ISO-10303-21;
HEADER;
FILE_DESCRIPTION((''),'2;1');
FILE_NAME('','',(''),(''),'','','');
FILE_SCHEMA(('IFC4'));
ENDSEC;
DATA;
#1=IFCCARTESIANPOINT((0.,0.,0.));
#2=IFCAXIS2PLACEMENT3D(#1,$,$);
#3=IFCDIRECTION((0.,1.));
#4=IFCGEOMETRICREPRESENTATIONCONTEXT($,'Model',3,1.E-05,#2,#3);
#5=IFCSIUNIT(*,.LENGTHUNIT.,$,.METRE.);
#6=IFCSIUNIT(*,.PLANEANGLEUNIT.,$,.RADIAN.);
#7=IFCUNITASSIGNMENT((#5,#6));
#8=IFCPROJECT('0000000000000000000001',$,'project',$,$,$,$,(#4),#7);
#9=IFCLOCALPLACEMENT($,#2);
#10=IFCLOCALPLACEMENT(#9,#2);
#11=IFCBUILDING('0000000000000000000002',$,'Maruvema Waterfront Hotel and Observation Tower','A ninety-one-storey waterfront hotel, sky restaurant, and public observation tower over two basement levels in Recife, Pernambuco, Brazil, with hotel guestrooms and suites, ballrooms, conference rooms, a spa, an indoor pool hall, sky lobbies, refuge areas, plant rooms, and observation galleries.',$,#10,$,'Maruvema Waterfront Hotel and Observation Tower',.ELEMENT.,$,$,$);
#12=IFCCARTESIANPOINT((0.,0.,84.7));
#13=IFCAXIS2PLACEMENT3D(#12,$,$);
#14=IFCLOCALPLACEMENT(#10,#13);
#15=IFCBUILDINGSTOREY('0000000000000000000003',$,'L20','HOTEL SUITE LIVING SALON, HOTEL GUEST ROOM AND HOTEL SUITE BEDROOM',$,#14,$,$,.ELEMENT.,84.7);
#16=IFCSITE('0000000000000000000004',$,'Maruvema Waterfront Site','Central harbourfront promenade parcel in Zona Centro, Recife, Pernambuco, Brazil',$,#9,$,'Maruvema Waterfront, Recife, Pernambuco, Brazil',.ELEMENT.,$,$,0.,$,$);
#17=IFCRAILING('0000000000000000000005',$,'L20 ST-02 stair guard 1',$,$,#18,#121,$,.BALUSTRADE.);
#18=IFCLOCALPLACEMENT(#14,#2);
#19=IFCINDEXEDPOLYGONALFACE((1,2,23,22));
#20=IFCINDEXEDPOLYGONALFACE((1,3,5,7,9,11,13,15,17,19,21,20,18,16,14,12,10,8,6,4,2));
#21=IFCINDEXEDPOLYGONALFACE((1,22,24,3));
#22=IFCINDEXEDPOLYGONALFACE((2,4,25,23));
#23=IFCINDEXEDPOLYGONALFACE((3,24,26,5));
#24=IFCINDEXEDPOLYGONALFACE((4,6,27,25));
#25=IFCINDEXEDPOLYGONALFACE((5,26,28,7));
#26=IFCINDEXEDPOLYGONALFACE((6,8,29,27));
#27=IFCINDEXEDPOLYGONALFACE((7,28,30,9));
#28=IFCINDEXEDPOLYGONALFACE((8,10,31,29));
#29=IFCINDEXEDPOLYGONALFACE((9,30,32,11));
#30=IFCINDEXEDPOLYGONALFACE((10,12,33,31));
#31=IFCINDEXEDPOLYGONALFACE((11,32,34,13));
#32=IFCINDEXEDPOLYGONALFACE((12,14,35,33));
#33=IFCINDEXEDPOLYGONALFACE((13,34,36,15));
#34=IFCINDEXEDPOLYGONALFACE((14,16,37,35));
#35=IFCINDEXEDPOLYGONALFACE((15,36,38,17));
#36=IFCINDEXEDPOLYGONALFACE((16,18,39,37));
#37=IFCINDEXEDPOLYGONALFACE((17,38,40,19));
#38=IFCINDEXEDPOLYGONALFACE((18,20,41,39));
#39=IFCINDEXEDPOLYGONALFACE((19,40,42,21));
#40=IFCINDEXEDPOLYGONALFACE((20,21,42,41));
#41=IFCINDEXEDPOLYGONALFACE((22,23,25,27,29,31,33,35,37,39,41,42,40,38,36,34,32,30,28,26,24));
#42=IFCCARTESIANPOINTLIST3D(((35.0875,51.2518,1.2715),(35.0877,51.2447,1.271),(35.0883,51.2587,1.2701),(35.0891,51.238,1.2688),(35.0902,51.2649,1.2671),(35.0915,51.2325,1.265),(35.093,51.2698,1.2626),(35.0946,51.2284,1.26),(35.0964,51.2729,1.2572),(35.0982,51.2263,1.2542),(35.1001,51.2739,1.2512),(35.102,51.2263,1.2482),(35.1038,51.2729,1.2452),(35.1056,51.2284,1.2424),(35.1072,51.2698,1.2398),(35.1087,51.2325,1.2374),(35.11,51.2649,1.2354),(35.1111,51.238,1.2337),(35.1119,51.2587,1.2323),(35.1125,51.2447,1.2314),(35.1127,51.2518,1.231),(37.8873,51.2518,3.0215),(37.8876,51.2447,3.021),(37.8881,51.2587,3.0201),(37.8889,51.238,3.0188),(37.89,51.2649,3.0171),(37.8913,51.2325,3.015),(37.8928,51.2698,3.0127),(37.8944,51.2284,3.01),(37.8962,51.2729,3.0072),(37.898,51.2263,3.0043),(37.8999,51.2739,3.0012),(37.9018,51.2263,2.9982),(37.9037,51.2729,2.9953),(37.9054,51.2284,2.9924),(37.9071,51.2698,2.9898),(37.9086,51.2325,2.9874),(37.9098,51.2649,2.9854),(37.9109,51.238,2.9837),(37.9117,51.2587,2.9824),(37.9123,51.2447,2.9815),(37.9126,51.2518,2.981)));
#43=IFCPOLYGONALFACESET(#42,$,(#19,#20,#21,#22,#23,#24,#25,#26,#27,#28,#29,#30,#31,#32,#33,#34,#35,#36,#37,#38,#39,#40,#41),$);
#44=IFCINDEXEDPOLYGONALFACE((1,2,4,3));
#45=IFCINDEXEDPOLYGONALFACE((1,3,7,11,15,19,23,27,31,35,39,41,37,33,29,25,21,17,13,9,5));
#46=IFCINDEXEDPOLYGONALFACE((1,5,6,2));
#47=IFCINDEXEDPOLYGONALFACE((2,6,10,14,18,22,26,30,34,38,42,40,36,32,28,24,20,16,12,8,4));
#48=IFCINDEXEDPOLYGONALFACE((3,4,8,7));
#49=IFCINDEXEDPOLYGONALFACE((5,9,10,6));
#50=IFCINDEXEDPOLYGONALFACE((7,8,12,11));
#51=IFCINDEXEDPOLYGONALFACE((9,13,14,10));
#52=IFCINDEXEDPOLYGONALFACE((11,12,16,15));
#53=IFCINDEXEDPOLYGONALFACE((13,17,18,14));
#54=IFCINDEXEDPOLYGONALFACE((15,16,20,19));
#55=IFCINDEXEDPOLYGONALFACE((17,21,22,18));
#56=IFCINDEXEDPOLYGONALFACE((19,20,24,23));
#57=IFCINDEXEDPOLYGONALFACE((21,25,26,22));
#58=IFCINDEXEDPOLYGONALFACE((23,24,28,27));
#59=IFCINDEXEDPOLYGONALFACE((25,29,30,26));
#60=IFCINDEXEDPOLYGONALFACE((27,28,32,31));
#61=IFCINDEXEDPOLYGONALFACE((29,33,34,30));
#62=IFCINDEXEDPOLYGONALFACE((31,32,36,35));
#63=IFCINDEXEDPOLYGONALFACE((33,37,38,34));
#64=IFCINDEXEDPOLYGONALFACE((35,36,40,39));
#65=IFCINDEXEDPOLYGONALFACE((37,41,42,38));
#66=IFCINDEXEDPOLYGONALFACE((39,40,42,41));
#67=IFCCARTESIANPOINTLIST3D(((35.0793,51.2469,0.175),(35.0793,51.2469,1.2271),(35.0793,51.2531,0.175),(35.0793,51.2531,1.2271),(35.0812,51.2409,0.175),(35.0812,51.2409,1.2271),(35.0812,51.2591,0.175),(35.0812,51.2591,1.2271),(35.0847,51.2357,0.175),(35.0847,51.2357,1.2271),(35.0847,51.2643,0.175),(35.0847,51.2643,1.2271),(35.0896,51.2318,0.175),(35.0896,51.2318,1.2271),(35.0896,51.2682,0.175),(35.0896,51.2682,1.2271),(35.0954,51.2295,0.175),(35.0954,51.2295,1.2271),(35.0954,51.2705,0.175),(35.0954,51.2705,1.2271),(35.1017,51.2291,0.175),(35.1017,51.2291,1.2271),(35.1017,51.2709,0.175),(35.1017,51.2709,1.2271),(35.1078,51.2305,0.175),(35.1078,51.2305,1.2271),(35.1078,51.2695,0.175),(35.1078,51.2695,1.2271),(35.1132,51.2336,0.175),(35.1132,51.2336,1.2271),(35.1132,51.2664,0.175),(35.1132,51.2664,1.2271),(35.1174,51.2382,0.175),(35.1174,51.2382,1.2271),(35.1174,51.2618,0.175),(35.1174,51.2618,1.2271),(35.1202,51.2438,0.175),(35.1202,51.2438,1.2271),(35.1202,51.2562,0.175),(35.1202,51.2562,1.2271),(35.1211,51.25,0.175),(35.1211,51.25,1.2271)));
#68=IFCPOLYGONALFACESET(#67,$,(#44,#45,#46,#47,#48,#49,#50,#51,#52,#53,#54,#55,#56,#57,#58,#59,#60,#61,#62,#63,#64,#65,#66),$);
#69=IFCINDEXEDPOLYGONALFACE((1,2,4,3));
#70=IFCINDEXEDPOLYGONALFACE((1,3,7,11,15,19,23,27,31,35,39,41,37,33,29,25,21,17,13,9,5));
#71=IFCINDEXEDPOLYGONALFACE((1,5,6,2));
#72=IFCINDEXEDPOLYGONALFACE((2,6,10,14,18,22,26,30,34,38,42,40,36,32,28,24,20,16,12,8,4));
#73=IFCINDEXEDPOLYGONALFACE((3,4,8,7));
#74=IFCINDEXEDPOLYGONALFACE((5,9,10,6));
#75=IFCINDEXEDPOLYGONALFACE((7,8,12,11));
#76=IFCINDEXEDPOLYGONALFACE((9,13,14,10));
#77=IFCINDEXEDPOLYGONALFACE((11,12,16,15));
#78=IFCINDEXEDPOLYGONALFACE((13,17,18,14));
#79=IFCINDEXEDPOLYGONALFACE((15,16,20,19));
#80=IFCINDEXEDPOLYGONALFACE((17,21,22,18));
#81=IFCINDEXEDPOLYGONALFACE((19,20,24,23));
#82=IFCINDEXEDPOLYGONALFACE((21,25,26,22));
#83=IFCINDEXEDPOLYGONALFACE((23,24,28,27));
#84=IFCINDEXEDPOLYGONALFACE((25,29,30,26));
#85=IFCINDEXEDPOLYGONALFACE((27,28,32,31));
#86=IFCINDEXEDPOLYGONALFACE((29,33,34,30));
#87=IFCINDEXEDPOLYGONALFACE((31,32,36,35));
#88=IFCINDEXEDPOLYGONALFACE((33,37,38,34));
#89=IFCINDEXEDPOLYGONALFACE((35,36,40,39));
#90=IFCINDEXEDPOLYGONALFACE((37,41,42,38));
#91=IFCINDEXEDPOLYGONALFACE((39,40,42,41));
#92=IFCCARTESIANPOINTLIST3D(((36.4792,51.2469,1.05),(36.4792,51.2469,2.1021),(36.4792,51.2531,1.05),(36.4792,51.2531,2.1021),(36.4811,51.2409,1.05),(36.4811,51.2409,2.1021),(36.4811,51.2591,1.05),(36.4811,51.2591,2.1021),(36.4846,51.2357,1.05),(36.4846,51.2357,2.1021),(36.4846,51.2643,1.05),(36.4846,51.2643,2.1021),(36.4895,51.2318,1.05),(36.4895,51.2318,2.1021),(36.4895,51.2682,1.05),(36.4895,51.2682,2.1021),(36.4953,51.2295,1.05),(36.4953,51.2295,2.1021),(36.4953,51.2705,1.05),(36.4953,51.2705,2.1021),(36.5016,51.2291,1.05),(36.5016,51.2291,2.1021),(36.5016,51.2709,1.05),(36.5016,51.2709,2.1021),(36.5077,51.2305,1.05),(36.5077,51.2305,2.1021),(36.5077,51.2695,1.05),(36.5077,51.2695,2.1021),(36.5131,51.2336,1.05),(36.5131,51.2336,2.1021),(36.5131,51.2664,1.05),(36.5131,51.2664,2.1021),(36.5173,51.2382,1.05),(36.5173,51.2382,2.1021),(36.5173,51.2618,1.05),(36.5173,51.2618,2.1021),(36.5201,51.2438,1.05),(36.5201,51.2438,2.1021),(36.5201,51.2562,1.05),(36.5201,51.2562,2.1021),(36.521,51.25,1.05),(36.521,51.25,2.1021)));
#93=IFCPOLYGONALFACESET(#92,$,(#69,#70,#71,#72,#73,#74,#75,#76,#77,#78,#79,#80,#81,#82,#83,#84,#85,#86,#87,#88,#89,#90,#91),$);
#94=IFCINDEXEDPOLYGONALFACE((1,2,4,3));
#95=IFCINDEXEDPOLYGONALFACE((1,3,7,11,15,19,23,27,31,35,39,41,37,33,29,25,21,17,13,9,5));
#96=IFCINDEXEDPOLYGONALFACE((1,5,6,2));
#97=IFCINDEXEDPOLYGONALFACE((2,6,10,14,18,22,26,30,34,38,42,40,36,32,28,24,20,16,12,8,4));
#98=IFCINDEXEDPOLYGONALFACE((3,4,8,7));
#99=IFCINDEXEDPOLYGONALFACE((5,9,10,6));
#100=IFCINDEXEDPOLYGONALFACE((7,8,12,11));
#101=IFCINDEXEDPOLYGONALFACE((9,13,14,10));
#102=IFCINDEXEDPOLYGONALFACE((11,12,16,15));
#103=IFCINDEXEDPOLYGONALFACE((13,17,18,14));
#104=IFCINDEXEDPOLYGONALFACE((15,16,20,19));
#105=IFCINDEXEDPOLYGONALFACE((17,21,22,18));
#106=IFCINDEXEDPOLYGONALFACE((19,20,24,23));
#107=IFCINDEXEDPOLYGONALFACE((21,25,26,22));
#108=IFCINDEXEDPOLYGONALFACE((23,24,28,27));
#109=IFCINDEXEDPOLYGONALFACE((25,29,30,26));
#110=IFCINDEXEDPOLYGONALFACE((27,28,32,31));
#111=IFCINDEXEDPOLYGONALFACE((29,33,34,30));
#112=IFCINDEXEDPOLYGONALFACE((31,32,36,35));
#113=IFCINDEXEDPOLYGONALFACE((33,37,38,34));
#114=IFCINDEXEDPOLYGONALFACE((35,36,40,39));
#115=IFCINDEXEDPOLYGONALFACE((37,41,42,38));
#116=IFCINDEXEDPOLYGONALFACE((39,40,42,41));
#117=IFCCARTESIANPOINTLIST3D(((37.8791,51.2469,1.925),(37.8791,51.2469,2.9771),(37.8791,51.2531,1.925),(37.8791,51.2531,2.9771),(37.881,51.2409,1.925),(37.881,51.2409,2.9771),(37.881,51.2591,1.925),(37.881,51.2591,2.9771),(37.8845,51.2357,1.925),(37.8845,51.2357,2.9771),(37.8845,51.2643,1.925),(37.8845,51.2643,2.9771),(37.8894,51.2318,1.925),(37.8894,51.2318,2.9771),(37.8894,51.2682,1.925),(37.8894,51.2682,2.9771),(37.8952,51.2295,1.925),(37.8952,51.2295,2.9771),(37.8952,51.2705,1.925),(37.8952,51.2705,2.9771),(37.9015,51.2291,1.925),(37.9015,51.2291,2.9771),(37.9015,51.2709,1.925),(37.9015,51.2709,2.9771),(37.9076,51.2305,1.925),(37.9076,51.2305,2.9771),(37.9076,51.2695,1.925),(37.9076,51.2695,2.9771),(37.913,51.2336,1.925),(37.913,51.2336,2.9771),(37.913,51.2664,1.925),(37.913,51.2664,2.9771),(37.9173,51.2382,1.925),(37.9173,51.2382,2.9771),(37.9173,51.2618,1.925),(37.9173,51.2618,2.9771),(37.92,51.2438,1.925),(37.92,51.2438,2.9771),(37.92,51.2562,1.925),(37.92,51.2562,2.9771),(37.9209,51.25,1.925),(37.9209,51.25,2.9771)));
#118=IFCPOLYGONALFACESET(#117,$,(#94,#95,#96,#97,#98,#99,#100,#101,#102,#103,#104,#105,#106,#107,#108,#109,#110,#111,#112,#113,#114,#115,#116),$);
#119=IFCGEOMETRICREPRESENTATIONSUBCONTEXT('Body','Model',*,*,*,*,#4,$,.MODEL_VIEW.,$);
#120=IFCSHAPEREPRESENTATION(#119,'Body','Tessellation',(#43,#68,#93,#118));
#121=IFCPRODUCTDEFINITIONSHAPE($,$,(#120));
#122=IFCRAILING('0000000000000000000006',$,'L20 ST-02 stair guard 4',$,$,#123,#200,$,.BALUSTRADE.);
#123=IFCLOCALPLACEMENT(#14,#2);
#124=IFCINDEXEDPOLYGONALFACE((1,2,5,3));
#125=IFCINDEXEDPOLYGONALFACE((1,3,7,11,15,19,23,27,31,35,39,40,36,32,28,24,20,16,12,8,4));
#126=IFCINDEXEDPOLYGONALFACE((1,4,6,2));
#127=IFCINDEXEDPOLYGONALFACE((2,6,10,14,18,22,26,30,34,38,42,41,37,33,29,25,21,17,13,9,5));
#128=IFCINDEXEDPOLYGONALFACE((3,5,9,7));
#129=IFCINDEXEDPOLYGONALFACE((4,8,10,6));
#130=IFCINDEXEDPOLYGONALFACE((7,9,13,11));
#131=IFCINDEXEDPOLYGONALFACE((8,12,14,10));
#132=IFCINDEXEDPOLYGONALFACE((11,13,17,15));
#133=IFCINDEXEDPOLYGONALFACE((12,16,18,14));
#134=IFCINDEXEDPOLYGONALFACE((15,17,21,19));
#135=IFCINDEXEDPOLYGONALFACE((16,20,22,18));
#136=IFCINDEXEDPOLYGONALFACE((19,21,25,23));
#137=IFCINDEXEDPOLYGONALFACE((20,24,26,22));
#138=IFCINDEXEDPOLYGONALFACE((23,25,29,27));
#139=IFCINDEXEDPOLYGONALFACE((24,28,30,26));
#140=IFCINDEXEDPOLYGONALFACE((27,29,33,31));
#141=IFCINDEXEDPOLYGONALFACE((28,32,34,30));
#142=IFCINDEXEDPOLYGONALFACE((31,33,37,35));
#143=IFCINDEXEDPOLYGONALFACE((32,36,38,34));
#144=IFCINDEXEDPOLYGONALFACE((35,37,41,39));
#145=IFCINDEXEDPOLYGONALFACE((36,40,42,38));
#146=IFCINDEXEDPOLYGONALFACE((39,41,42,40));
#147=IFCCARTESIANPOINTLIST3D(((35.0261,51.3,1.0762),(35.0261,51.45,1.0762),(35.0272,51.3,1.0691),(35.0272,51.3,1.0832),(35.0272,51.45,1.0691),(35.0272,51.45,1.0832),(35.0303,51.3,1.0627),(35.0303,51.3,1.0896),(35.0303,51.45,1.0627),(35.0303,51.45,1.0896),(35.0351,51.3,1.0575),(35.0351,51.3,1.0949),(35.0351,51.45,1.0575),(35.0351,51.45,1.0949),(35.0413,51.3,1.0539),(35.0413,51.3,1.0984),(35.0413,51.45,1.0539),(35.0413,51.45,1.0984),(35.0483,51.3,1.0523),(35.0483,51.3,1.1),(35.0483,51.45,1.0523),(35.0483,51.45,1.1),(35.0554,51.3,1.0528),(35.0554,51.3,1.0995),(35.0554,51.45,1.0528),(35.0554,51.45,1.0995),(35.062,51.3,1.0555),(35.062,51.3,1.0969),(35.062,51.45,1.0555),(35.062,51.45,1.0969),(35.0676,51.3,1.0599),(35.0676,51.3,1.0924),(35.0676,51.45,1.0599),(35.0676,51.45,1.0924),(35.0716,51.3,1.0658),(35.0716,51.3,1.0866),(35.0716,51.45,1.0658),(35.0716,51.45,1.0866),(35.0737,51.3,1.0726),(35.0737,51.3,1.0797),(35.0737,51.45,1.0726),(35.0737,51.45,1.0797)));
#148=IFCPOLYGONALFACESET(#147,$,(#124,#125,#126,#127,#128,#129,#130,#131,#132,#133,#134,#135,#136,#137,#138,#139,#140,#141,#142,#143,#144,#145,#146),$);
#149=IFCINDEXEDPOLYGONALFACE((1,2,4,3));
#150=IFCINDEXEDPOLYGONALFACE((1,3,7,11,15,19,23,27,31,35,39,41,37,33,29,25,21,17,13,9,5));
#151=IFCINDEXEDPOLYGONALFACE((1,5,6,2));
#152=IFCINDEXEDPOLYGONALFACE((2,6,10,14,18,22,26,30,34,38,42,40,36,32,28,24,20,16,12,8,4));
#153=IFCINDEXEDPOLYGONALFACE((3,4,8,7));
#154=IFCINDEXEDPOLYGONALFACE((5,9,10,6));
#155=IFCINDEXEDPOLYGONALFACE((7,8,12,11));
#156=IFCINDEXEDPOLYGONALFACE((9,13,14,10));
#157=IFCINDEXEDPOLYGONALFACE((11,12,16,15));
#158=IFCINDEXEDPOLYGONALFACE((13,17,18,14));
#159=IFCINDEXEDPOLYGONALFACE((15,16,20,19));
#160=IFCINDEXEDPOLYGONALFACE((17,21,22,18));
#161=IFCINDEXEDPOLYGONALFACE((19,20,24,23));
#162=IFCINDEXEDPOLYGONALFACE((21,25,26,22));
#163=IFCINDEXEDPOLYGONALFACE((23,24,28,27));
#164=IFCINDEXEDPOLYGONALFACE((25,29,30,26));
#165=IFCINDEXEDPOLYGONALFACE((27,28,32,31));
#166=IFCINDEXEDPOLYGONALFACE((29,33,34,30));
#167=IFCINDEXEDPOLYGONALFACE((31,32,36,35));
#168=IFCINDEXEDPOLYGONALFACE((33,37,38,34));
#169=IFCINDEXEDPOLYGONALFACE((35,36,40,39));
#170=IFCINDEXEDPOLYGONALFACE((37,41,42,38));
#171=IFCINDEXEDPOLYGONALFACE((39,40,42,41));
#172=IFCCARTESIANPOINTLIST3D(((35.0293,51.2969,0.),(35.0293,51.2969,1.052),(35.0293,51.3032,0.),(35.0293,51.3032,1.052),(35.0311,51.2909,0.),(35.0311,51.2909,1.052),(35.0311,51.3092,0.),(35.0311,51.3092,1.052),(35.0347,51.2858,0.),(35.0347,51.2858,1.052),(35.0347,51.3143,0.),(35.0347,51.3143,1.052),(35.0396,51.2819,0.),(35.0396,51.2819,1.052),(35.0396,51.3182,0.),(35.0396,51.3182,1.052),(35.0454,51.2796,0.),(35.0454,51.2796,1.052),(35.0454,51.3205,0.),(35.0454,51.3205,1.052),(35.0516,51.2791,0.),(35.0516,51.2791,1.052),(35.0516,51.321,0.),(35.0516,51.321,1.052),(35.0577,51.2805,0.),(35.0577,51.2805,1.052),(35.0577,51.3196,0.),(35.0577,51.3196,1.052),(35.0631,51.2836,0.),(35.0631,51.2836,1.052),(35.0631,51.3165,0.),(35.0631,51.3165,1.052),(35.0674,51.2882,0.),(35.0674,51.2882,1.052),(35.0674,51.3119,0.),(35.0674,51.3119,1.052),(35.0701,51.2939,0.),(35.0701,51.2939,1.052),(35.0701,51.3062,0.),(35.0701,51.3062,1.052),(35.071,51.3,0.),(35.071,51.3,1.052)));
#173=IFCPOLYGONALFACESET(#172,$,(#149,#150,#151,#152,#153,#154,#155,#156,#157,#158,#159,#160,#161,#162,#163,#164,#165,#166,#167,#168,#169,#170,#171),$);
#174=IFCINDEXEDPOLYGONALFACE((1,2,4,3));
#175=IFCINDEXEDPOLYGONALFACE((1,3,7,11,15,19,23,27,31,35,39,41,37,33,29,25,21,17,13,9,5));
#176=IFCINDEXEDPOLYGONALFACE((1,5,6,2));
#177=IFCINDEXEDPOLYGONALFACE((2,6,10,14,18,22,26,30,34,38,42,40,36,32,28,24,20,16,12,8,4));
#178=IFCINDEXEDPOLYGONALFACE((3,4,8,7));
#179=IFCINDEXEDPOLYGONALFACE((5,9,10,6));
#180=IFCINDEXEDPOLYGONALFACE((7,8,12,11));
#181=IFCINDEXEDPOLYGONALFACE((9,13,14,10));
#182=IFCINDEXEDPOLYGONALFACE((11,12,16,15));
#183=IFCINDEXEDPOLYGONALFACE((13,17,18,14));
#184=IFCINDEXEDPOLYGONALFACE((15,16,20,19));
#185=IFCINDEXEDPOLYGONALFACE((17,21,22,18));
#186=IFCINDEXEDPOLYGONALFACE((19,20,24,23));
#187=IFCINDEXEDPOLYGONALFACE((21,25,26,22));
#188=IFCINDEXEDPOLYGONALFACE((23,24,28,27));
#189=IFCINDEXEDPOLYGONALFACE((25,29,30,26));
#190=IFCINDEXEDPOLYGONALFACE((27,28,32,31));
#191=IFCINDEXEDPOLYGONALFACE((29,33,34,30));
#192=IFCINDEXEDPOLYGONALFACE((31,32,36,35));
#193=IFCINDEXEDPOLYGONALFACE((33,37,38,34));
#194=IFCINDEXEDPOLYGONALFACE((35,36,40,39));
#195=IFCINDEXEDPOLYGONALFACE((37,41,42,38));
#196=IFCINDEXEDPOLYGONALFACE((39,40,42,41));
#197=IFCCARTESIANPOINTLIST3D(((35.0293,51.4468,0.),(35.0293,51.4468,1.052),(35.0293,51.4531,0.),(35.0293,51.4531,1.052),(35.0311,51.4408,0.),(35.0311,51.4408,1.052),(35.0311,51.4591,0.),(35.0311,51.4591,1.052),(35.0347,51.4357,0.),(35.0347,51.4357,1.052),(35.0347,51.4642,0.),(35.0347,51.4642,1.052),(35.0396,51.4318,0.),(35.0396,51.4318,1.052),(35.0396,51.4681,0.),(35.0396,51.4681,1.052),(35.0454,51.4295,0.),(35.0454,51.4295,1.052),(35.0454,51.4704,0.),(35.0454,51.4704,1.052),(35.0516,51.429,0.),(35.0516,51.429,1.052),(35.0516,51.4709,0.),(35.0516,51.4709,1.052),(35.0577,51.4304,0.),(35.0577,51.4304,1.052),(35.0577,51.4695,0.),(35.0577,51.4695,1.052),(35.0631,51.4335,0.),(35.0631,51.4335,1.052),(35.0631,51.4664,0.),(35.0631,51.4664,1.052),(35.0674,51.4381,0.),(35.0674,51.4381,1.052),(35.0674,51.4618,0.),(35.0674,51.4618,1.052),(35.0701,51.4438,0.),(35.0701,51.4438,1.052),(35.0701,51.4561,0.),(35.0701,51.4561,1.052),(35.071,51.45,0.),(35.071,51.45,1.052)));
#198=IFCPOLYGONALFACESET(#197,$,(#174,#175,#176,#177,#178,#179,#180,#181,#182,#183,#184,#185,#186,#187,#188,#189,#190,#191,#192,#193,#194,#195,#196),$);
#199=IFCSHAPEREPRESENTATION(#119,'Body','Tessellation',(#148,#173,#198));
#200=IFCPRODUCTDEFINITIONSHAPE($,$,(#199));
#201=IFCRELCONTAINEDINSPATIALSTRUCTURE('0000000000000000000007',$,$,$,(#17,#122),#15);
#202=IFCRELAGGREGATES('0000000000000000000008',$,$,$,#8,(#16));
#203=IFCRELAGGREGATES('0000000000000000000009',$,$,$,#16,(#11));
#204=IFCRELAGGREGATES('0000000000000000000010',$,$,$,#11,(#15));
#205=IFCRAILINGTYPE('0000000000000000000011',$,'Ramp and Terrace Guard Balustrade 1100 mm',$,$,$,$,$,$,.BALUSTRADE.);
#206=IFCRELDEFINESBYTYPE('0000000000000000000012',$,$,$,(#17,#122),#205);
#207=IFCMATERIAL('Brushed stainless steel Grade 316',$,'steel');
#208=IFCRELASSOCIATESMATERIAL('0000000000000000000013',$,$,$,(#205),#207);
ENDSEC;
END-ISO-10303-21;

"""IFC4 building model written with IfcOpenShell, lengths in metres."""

from ifc_helpers import new_model, si_unit, direction, frame, origin, origin_2d, place, context, subcontext, project, spatial, circle, extrude, material, type_object, element, save


model = new_model("IFC4")

# Units and contexts
model_context = context("Model", 3, precision=1e-05, world=origin(), true_north=direction((0.0, 1.0)))
body_context = subcontext(model_context, "Body", "Model", "MODEL_VIEW")
ifc_project = project(units=[si_unit("LENGTHUNIT", "METRE"), si_unit("PLANEANGLEUNIT", "RADIAN")], contexts=[model_context])

# Site, building, storey
site_placement = place(None, origin())
site = spatial("IfcSite", under=ifc_project, at=site_placement, Name="Maruvema Waterfront Site", Description="Central harbourfront promenade parcel in Zona Centro, Recife, Pernambuco, Brazil", LongName="Maruvema Waterfront, Recife, Pernambuco, Brazil", CompositionType="ELEMENT", RefElevation=0.0)
building_placement = place(site_placement, origin())
building = spatial("IfcBuilding", under=site, at=building_placement, Name="Maruvema Waterfront Hotel and Observation Tower", Description="A ninety-one-storey waterfront hotel, sky restaurant, and public observation tower over two basement levels in Recife, Pernambuco, Brazil, with hotel guestrooms and suites, ballrooms, conference rooms, a spa, an indoor pool hall, sky lobbies, refuge areas, plant rooms, and observation galleries.", LongName="Maruvema Waterfront Hotel and Observation Tower", CompositionType="ELEMENT")
storey_placement = place(building_placement, frame((0.0, 0.0, 84.7)))
storey = spatial("IfcBuildingStorey", under=building, at=storey_placement, Name="L20", Description="HOTEL SUITE LIVING SALON, HOTEL GUEST ROOM AND HOTEL SUITE BEDROOM", CompositionType="ELEMENT", Elevation=84.7)

# Railings
ifc_material_1 = material(Name="Brushed stainless steel Grade 316", Category="steel")
railing_type_1 = type_object("IfcRailingType", Name="Ramp and Terrace Guard Balustrade 1100 mm", PredefinedType="BALUSTRADE", material=ifc_material_1)
railing_1_placement = place(storey_placement, frame((35.1001, 51.25, 0.175)))
element("IfcRailing", 1, at=railing_1_placement, inside=storey, type_object=railing_type_1, Name="L20 ST-02 stair guard 1", PredefinedType="BALUSTRADE", context=body_context, shape_type="SweptSolid", body=[
    extrude(circle(Radius=0.0239, at=origin_2d()), frame((0.0, 0.0, 1.0762), z_axis=(0.847982, 0.0, 0.530026), x_axis=(0.0, 1.0, 0.0)), (0.0, 0.0, 1.0), 3.3018),
    extrude(circle(Radius=0.021, at=origin_2d()), origin(), (0.0, 0.0, 1.0), 1.052),
    extrude(circle(Radius=0.021, at=origin_2d()), frame((1.3999, 0.0, 0.875)), (0.0, 0.0, 1.0), 1.052),
    extrude(circle(Radius=0.021, at=origin_2d()), frame((2.7998, 0.0, 1.75)), (0.0, 0.0, 1.0), 1.052),
])
railing_2_placement = place(storey_placement, frame((35.05, 51.3, 0.0)))
element("IfcRailing", 2, at=railing_2_placement, inside=storey, type_object=railing_type_1, Name="L20 ST-02 stair guard 4", PredefinedType="BALUSTRADE", context=body_context, shape_type="SweptSolid", body=[
    extrude(circle(Radius=0.0239, at=origin_2d()), frame((0.0, 0.0, 1.0762), z_axis=(0.0, 1.0, 0.0), x_axis=(-1.0, 0.0, 0.0)), (0.0, 0.0, 1.0), 0.1499),
    extrude(circle(Radius=0.021, at=origin_2d()), origin(), (0.0, 0.0, 1.0), 1.052),
    extrude(circle(Radius=0.021, at=origin_2d()), frame((0.0, 0.1499, 0.0)), (0.0, 0.0, 1.0), 1.052),
])

save(model, "model.ifc")
